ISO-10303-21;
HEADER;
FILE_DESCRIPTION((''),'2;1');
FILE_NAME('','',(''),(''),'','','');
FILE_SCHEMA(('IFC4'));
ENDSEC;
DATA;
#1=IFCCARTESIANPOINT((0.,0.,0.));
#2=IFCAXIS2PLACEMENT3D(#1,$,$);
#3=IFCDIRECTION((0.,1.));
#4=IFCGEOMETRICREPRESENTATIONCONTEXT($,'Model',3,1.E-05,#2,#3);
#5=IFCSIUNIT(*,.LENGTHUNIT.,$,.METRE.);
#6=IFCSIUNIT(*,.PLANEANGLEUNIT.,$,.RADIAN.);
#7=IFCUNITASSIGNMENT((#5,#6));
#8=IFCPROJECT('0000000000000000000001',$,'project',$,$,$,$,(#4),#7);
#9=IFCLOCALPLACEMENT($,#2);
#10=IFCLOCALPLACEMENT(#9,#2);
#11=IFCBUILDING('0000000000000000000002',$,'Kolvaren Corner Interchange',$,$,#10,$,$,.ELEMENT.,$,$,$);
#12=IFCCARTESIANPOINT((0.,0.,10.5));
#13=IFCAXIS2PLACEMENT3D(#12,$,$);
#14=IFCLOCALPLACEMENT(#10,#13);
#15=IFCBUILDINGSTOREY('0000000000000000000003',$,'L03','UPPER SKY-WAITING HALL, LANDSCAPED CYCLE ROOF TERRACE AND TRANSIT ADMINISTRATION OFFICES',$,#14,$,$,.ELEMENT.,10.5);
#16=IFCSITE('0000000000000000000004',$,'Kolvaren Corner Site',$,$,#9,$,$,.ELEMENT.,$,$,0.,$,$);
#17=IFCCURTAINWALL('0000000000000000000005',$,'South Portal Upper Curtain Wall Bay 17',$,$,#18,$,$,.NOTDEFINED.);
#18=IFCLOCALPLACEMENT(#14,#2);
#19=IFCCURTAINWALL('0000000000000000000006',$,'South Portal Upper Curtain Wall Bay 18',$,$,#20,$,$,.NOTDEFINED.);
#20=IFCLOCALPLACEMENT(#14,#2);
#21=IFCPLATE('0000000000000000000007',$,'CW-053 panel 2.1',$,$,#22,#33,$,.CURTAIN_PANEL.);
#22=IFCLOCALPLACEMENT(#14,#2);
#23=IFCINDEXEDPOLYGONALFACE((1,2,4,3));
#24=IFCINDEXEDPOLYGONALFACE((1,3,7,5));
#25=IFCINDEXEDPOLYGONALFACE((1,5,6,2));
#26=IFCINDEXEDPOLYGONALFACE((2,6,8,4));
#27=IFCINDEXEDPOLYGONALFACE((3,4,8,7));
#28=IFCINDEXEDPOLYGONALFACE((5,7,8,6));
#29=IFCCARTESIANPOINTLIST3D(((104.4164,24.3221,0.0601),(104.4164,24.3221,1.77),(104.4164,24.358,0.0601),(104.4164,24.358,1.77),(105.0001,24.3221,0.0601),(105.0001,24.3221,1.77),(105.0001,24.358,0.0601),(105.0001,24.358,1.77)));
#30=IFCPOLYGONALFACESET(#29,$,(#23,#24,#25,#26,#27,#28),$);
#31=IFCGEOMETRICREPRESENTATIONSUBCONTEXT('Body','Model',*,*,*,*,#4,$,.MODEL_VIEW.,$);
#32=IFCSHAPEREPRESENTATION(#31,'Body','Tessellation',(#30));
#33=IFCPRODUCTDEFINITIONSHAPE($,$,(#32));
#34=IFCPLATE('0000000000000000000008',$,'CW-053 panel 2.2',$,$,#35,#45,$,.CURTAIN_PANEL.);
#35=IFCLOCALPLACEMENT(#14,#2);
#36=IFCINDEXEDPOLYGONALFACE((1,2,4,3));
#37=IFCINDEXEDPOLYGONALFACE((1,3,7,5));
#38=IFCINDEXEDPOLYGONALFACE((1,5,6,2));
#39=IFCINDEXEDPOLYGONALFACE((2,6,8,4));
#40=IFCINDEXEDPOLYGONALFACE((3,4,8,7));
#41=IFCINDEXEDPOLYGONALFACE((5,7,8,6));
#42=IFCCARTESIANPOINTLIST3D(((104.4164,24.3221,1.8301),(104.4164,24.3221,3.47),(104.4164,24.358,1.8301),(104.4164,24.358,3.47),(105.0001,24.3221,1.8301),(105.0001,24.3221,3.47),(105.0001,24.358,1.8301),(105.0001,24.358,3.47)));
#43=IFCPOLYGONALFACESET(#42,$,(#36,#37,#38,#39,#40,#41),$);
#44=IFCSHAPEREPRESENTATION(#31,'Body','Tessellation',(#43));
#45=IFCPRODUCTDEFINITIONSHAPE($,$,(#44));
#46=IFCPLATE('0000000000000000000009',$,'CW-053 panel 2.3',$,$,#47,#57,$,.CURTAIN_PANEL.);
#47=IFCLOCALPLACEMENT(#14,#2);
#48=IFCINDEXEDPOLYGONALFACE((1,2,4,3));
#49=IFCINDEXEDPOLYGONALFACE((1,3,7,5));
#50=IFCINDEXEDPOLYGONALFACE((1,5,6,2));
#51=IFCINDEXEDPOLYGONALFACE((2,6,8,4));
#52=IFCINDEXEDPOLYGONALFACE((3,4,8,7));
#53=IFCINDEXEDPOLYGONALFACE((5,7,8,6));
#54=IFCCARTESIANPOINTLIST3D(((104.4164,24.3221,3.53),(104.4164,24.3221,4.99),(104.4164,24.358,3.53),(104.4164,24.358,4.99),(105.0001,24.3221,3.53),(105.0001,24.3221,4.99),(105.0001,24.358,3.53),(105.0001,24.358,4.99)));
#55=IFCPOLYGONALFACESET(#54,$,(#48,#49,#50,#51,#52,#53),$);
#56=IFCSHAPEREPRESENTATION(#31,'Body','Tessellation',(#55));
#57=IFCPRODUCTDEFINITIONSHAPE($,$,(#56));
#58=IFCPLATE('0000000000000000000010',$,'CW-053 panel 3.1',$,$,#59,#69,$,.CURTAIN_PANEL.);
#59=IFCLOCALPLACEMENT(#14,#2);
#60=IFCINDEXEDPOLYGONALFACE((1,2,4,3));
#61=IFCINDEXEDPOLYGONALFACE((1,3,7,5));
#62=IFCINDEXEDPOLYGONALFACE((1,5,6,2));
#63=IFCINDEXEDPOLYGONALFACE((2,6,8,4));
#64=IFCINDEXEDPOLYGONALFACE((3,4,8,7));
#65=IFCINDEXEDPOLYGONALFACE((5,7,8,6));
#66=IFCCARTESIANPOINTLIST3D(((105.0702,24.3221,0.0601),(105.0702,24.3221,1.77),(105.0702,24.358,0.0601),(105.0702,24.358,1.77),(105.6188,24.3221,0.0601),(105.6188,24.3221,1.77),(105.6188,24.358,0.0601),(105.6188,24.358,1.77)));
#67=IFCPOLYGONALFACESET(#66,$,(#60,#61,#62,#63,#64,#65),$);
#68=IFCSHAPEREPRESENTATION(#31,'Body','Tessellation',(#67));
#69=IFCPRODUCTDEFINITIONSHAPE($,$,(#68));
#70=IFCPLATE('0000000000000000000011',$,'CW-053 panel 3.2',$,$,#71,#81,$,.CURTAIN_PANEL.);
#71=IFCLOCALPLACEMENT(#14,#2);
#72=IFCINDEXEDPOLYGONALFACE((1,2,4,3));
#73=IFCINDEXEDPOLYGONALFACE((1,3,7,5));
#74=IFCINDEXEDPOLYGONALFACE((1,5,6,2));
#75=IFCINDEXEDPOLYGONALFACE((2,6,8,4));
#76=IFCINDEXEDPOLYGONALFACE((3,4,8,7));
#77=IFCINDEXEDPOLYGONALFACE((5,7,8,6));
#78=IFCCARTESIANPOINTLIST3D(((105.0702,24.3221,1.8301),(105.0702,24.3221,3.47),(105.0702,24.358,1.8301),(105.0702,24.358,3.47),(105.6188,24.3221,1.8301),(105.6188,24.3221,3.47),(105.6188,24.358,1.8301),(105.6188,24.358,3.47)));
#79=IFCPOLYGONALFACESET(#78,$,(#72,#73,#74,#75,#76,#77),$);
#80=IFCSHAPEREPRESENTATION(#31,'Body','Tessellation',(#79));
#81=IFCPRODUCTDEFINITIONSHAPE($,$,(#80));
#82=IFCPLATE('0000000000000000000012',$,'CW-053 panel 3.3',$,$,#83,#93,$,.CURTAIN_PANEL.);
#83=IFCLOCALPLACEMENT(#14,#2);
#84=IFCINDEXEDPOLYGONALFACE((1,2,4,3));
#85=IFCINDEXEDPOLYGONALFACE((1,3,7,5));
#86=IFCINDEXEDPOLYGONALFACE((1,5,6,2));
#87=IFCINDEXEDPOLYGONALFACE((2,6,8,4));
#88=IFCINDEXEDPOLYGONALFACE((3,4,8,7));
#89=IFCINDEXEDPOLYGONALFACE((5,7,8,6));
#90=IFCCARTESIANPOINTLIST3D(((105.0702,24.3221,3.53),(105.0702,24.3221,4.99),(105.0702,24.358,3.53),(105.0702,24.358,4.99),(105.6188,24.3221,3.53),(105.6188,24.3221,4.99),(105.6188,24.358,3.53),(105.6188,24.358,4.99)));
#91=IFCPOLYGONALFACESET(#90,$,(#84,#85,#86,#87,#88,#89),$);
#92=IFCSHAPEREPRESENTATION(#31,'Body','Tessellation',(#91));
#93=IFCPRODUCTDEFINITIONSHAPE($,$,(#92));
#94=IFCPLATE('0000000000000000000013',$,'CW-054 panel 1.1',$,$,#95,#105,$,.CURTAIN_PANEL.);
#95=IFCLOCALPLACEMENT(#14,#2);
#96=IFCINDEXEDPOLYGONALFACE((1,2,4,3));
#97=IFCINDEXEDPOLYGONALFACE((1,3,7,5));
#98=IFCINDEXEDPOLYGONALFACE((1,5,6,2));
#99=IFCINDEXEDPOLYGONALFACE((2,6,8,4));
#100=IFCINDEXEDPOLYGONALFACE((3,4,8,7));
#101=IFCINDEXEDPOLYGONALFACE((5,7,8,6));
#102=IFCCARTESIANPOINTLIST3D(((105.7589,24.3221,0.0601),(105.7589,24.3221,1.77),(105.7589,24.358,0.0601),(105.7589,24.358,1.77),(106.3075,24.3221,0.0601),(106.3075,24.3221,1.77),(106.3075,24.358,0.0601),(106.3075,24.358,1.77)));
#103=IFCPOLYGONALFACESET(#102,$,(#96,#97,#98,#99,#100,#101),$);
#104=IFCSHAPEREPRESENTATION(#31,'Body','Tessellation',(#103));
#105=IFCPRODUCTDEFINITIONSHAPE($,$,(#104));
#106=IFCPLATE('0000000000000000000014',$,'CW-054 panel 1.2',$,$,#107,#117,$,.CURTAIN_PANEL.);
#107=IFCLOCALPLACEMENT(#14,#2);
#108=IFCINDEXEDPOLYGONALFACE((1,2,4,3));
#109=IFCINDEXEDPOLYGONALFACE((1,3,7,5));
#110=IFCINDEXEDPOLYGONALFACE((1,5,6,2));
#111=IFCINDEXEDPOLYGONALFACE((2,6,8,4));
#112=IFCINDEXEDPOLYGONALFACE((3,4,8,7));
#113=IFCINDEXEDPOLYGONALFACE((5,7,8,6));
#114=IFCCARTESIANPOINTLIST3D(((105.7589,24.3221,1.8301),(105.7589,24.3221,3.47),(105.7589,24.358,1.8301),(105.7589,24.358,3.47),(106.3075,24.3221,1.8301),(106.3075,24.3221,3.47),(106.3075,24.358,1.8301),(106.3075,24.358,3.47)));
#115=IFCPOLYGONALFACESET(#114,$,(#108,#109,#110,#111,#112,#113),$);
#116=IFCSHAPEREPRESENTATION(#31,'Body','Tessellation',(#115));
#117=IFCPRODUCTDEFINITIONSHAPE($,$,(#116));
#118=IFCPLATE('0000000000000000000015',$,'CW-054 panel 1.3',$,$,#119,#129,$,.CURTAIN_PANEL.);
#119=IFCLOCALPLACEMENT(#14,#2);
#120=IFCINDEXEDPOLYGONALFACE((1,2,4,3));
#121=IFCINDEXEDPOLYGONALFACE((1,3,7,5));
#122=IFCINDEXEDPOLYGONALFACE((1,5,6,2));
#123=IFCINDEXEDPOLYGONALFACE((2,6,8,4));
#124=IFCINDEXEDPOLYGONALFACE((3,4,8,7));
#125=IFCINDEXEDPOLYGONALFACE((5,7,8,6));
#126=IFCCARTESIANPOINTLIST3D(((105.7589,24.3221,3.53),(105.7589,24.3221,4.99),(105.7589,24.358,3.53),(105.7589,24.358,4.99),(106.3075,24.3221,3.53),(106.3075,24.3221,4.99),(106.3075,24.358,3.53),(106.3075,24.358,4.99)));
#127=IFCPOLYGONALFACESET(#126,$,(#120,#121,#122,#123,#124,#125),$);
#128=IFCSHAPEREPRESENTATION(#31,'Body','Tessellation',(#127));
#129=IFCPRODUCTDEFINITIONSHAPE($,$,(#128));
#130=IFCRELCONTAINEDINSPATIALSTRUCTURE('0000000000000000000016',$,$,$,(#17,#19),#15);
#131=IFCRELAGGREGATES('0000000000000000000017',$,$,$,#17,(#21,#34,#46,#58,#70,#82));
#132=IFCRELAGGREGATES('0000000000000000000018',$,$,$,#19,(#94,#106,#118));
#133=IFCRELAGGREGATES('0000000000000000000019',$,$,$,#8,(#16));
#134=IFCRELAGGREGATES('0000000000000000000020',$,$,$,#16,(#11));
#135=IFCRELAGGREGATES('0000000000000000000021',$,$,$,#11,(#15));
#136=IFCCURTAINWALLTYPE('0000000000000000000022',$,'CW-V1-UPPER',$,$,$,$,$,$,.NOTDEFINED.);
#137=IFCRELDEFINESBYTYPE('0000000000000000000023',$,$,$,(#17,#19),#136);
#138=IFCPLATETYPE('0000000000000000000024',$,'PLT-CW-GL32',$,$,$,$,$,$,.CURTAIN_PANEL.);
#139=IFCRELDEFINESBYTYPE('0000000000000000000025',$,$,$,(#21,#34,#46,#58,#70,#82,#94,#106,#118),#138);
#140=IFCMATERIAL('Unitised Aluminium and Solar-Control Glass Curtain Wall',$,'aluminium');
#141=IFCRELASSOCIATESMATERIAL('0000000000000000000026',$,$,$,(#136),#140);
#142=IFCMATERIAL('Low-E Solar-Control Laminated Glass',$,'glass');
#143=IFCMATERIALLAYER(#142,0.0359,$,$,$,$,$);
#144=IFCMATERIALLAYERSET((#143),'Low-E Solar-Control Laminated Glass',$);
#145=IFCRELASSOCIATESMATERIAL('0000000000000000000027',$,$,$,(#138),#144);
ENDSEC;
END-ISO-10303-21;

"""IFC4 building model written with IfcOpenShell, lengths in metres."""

from ifc_helpers import new_model, si_unit, direction, frame, origin, origin_2d, place, context, subcontext, project, spatial, rectangle, extrude, material, layer, layer_set, type_object, element, aggregate, save


model = new_model("IFC4")

# Units and contexts
model_context = context("Model", 3, precision=1e-05, world=origin(), true_north=direction((0.0, 1.0)))
body_context = subcontext(model_context, "Body", "Model", "MODEL_VIEW")
ifc_project = project(units=[si_unit("LENGTHUNIT", "METRE"), si_unit("PLANEANGLEUNIT", "RADIAN")], contexts=[model_context])

# Site, building, storey
site_placement = place(None, origin())
site = spatial("IfcSite", under=ifc_project, at=site_placement, Name="Kolvaren Corner Site", CompositionType="ELEMENT", RefElevation=0.0)
building_placement = place(site_placement, origin())
building = spatial("IfcBuilding", under=site, at=building_placement, Name="Kolvaren Corner Interchange", CompositionType="ELEMENT")
storey_placement = place(building_placement, frame((0.0, 0.0, 10.5)))
storey = spatial("IfcBuildingStorey", under=building, at=storey_placement, Name="L03", Description="UPPER SKY-WAITING HALL, LANDSCAPED CYCLE ROOF TERRACE AND TRANSIT ADMINISTRATION OFFICES", CompositionType="ELEMENT", Elevation=10.5)

# Curtain walls
ifc_material_1 = material(Name="Unitised Aluminium and Solar-Control Glass Curtain Wall", Category="aluminium")
curtain_wall_type = type_object("IfcCurtainWallType", Name="CW-V1-UPPER", PredefinedType="NOTDEFINED", material=ifc_material_1)
curtain_wall_1_placement = place(storey_placement, origin())
curtain_wall_1 = element("IfcCurtainWall", 1, at=curtain_wall_1_placement, inside=storey, type_object=curtain_wall_type, Name="South Portal Upper Curtain Wall Bay 17", PredefinedType="NOTDEFINED")
curtain_wall_2_placement = place(storey_placement, origin())
curtain_wall_2 = element("IfcCurtainWall", 2, at=curtain_wall_2_placement, inside=storey, type_object=curtain_wall_type, Name="South Portal Upper Curtain Wall Bay 18", PredefinedType="NOTDEFINED")

# Plates
ifc_material_2 = material(Name="Low-E Solar-Control Laminated Glass", Category="glass")
ifc_layer = layer(ifc_material_2, 0.0359)
ifc_layer_set = layer_set([ifc_layer], Name="Low-E Solar-Control Laminated Glass")
plate_type = type_object("IfcPlateType", Name="PLT-CW-GL32", PredefinedType="CURTAIN_PANEL", material=ifc_layer_set)
plate_1_placement = place(storey_placement, frame((104.7083, 24.3401, 0.0601), z_axis=(0.0, 0.0, 1.0), x_axis=(1.0, 0.0, 0.0)))
plate_1 = element("IfcPlate", 3, at=plate_1_placement, type_object=plate_type, Name="CW-053 panel 2.1", PredefinedType="CURTAIN_PANEL", context=body_context, shape_type="SweptSolid", body=[
    extrude(rectangle(XDim=0.5837, YDim=0.0359, at=origin_2d()), origin(), (0.0, 0.0, 1.0), 1.71),
])
plate_2_placement = place(storey_placement, frame((104.7083, 24.3401, 1.8301), z_axis=(0.0, 0.0, 1.0), x_axis=(1.0, 0.0, 0.0)))
plate_2 = element("IfcPlate", 4, at=plate_2_placement, type_object=plate_type, Name="CW-053 panel 2.2", PredefinedType="CURTAIN_PANEL", context=body_context, shape_type="SweptSolid", body=[
    extrude(rectangle(XDim=0.5837, YDim=0.0359, at=origin_2d()), origin(), (0.0, 0.0, 1.0), 1.6399),
])
plate_3_placement = place(storey_placement, frame((104.7083, 24.3401, 3.53), z_axis=(0.0, 0.0, 1.0), x_axis=(1.0, 0.0, 0.0)))
plate_3 = element("IfcPlate", 5, at=plate_3_placement, type_object=plate_type, Name="CW-053 panel 2.3", PredefinedType="CURTAIN_PANEL", context=body_context, shape_type="SweptSolid", body=[
    extrude(rectangle(XDim=0.5837, YDim=0.0359, at=origin_2d()), origin(), (0.0, 0.0, 1.0), 1.46),
])
plate_4_placement = place(storey_placement, frame((105.3445, 24.3401, 0.0601), z_axis=(0.0, 0.0, 1.0), x_axis=(1.0, 0.0, 0.0)))
plate_4 = element("IfcPlate", 6, at=plate_4_placement, type_object=plate_type, Name="CW-053 panel 3.1", PredefinedType="CURTAIN_PANEL", context=body_context, shape_type="SweptSolid", body=[
    extrude(rectangle(XDim=0.5486, YDim=0.0359, at=origin_2d()), origin(), (0.0, 0.0, 1.0), 1.71),
])
plate_5_placement = place(storey_placement, frame((105.3445, 24.3401, 1.8301), z_axis=(0.0, 0.0, 1.0), x_axis=(1.0, 0.0, 0.0)))
plate_5 = element("IfcPlate", 7, at=plate_5_placement, type_object=plate_type, Name="CW-053 panel 3.2", PredefinedType="CURTAIN_PANEL", context=body_context, shape_type="SweptSolid", body=[
    extrude(rectangle(XDim=0.5486, YDim=0.0359, at=origin_2d()), origin(), (0.0, 0.0, 1.0), 1.6399),
])
plate_6_placement = place(storey_placement, frame((105.3445, 24.3401, 3.53), z_axis=(0.0, 0.0, 1.0), x_axis=(1.0, 0.0, 0.0)))
plate_6 = element("IfcPlate", 8, at=plate_6_placement, type_object=plate_type, Name="CW-053 panel 3.3", PredefinedType="CURTAIN_PANEL", context=body_context, shape_type="SweptSolid", body=[
    extrude(rectangle(XDim=0.5486, YDim=0.0359, at=origin_2d()), origin(), (0.0, 0.0, 1.0), 1.46),
])
aggregate(curtain_wall_1, [plate_1, plate_2, plate_3, plate_4, plate_5, plate_6])
plate_7_placement = place(storey_placement, frame((106.0332, 24.3401, 0.0601), z_axis=(0.0, 0.0, 1.0), x_axis=(1.0, 0.0, 0.0)))
plate_7 = element("IfcPlate", 9, at=plate_7_placement, type_object=plate_type, Name="CW-054 panel 1.1", PredefinedType="CURTAIN_PANEL", context=body_context, shape_type="SweptSolid", body=[
    extrude(rectangle(XDim=0.5486, YDim=0.0359, at=origin_2d()), origin(), (0.0, 0.0, 1.0), 1.71),
])
plate_8_placement = place(storey_placement, frame((106.0332, 24.3401, 1.8301), z_axis=(0.0, 0.0, 1.0), x_axis=(1.0, 0.0, 0.0)))
plate_8 = element("IfcPlate", 10, at=plate_8_placement, type_object=plate_type, Name="CW-054 panel 1.2", PredefinedType="CURTAIN_PANEL", context=body_context, shape_type="SweptSolid", body=[
    extrude(rectangle(XDim=0.5486, YDim=0.0359, at=origin_2d()), origin(), (0.0, 0.0, 1.0), 1.6399),
])
plate_9_placement = place(storey_placement, frame((106.0332, 24.3401, 3.53), z_axis=(0.0, 0.0, 1.0), x_axis=(1.0, 0.0, 0.0)))
plate_9 = element("IfcPlate", 11, at=plate_9_placement, type_object=plate_type, Name="CW-054 panel 1.3", PredefinedType="CURTAIN_PANEL", context=body_context, shape_type="SweptSolid", body=[
    extrude(rectangle(XDim=0.5486, YDim=0.0359, at=origin_2d()), origin(), (0.0, 0.0, 1.0), 1.46),
])
aggregate(curtain_wall_2, [plate_7, plate_8, plate_9])

save(model, "model.ifc")
